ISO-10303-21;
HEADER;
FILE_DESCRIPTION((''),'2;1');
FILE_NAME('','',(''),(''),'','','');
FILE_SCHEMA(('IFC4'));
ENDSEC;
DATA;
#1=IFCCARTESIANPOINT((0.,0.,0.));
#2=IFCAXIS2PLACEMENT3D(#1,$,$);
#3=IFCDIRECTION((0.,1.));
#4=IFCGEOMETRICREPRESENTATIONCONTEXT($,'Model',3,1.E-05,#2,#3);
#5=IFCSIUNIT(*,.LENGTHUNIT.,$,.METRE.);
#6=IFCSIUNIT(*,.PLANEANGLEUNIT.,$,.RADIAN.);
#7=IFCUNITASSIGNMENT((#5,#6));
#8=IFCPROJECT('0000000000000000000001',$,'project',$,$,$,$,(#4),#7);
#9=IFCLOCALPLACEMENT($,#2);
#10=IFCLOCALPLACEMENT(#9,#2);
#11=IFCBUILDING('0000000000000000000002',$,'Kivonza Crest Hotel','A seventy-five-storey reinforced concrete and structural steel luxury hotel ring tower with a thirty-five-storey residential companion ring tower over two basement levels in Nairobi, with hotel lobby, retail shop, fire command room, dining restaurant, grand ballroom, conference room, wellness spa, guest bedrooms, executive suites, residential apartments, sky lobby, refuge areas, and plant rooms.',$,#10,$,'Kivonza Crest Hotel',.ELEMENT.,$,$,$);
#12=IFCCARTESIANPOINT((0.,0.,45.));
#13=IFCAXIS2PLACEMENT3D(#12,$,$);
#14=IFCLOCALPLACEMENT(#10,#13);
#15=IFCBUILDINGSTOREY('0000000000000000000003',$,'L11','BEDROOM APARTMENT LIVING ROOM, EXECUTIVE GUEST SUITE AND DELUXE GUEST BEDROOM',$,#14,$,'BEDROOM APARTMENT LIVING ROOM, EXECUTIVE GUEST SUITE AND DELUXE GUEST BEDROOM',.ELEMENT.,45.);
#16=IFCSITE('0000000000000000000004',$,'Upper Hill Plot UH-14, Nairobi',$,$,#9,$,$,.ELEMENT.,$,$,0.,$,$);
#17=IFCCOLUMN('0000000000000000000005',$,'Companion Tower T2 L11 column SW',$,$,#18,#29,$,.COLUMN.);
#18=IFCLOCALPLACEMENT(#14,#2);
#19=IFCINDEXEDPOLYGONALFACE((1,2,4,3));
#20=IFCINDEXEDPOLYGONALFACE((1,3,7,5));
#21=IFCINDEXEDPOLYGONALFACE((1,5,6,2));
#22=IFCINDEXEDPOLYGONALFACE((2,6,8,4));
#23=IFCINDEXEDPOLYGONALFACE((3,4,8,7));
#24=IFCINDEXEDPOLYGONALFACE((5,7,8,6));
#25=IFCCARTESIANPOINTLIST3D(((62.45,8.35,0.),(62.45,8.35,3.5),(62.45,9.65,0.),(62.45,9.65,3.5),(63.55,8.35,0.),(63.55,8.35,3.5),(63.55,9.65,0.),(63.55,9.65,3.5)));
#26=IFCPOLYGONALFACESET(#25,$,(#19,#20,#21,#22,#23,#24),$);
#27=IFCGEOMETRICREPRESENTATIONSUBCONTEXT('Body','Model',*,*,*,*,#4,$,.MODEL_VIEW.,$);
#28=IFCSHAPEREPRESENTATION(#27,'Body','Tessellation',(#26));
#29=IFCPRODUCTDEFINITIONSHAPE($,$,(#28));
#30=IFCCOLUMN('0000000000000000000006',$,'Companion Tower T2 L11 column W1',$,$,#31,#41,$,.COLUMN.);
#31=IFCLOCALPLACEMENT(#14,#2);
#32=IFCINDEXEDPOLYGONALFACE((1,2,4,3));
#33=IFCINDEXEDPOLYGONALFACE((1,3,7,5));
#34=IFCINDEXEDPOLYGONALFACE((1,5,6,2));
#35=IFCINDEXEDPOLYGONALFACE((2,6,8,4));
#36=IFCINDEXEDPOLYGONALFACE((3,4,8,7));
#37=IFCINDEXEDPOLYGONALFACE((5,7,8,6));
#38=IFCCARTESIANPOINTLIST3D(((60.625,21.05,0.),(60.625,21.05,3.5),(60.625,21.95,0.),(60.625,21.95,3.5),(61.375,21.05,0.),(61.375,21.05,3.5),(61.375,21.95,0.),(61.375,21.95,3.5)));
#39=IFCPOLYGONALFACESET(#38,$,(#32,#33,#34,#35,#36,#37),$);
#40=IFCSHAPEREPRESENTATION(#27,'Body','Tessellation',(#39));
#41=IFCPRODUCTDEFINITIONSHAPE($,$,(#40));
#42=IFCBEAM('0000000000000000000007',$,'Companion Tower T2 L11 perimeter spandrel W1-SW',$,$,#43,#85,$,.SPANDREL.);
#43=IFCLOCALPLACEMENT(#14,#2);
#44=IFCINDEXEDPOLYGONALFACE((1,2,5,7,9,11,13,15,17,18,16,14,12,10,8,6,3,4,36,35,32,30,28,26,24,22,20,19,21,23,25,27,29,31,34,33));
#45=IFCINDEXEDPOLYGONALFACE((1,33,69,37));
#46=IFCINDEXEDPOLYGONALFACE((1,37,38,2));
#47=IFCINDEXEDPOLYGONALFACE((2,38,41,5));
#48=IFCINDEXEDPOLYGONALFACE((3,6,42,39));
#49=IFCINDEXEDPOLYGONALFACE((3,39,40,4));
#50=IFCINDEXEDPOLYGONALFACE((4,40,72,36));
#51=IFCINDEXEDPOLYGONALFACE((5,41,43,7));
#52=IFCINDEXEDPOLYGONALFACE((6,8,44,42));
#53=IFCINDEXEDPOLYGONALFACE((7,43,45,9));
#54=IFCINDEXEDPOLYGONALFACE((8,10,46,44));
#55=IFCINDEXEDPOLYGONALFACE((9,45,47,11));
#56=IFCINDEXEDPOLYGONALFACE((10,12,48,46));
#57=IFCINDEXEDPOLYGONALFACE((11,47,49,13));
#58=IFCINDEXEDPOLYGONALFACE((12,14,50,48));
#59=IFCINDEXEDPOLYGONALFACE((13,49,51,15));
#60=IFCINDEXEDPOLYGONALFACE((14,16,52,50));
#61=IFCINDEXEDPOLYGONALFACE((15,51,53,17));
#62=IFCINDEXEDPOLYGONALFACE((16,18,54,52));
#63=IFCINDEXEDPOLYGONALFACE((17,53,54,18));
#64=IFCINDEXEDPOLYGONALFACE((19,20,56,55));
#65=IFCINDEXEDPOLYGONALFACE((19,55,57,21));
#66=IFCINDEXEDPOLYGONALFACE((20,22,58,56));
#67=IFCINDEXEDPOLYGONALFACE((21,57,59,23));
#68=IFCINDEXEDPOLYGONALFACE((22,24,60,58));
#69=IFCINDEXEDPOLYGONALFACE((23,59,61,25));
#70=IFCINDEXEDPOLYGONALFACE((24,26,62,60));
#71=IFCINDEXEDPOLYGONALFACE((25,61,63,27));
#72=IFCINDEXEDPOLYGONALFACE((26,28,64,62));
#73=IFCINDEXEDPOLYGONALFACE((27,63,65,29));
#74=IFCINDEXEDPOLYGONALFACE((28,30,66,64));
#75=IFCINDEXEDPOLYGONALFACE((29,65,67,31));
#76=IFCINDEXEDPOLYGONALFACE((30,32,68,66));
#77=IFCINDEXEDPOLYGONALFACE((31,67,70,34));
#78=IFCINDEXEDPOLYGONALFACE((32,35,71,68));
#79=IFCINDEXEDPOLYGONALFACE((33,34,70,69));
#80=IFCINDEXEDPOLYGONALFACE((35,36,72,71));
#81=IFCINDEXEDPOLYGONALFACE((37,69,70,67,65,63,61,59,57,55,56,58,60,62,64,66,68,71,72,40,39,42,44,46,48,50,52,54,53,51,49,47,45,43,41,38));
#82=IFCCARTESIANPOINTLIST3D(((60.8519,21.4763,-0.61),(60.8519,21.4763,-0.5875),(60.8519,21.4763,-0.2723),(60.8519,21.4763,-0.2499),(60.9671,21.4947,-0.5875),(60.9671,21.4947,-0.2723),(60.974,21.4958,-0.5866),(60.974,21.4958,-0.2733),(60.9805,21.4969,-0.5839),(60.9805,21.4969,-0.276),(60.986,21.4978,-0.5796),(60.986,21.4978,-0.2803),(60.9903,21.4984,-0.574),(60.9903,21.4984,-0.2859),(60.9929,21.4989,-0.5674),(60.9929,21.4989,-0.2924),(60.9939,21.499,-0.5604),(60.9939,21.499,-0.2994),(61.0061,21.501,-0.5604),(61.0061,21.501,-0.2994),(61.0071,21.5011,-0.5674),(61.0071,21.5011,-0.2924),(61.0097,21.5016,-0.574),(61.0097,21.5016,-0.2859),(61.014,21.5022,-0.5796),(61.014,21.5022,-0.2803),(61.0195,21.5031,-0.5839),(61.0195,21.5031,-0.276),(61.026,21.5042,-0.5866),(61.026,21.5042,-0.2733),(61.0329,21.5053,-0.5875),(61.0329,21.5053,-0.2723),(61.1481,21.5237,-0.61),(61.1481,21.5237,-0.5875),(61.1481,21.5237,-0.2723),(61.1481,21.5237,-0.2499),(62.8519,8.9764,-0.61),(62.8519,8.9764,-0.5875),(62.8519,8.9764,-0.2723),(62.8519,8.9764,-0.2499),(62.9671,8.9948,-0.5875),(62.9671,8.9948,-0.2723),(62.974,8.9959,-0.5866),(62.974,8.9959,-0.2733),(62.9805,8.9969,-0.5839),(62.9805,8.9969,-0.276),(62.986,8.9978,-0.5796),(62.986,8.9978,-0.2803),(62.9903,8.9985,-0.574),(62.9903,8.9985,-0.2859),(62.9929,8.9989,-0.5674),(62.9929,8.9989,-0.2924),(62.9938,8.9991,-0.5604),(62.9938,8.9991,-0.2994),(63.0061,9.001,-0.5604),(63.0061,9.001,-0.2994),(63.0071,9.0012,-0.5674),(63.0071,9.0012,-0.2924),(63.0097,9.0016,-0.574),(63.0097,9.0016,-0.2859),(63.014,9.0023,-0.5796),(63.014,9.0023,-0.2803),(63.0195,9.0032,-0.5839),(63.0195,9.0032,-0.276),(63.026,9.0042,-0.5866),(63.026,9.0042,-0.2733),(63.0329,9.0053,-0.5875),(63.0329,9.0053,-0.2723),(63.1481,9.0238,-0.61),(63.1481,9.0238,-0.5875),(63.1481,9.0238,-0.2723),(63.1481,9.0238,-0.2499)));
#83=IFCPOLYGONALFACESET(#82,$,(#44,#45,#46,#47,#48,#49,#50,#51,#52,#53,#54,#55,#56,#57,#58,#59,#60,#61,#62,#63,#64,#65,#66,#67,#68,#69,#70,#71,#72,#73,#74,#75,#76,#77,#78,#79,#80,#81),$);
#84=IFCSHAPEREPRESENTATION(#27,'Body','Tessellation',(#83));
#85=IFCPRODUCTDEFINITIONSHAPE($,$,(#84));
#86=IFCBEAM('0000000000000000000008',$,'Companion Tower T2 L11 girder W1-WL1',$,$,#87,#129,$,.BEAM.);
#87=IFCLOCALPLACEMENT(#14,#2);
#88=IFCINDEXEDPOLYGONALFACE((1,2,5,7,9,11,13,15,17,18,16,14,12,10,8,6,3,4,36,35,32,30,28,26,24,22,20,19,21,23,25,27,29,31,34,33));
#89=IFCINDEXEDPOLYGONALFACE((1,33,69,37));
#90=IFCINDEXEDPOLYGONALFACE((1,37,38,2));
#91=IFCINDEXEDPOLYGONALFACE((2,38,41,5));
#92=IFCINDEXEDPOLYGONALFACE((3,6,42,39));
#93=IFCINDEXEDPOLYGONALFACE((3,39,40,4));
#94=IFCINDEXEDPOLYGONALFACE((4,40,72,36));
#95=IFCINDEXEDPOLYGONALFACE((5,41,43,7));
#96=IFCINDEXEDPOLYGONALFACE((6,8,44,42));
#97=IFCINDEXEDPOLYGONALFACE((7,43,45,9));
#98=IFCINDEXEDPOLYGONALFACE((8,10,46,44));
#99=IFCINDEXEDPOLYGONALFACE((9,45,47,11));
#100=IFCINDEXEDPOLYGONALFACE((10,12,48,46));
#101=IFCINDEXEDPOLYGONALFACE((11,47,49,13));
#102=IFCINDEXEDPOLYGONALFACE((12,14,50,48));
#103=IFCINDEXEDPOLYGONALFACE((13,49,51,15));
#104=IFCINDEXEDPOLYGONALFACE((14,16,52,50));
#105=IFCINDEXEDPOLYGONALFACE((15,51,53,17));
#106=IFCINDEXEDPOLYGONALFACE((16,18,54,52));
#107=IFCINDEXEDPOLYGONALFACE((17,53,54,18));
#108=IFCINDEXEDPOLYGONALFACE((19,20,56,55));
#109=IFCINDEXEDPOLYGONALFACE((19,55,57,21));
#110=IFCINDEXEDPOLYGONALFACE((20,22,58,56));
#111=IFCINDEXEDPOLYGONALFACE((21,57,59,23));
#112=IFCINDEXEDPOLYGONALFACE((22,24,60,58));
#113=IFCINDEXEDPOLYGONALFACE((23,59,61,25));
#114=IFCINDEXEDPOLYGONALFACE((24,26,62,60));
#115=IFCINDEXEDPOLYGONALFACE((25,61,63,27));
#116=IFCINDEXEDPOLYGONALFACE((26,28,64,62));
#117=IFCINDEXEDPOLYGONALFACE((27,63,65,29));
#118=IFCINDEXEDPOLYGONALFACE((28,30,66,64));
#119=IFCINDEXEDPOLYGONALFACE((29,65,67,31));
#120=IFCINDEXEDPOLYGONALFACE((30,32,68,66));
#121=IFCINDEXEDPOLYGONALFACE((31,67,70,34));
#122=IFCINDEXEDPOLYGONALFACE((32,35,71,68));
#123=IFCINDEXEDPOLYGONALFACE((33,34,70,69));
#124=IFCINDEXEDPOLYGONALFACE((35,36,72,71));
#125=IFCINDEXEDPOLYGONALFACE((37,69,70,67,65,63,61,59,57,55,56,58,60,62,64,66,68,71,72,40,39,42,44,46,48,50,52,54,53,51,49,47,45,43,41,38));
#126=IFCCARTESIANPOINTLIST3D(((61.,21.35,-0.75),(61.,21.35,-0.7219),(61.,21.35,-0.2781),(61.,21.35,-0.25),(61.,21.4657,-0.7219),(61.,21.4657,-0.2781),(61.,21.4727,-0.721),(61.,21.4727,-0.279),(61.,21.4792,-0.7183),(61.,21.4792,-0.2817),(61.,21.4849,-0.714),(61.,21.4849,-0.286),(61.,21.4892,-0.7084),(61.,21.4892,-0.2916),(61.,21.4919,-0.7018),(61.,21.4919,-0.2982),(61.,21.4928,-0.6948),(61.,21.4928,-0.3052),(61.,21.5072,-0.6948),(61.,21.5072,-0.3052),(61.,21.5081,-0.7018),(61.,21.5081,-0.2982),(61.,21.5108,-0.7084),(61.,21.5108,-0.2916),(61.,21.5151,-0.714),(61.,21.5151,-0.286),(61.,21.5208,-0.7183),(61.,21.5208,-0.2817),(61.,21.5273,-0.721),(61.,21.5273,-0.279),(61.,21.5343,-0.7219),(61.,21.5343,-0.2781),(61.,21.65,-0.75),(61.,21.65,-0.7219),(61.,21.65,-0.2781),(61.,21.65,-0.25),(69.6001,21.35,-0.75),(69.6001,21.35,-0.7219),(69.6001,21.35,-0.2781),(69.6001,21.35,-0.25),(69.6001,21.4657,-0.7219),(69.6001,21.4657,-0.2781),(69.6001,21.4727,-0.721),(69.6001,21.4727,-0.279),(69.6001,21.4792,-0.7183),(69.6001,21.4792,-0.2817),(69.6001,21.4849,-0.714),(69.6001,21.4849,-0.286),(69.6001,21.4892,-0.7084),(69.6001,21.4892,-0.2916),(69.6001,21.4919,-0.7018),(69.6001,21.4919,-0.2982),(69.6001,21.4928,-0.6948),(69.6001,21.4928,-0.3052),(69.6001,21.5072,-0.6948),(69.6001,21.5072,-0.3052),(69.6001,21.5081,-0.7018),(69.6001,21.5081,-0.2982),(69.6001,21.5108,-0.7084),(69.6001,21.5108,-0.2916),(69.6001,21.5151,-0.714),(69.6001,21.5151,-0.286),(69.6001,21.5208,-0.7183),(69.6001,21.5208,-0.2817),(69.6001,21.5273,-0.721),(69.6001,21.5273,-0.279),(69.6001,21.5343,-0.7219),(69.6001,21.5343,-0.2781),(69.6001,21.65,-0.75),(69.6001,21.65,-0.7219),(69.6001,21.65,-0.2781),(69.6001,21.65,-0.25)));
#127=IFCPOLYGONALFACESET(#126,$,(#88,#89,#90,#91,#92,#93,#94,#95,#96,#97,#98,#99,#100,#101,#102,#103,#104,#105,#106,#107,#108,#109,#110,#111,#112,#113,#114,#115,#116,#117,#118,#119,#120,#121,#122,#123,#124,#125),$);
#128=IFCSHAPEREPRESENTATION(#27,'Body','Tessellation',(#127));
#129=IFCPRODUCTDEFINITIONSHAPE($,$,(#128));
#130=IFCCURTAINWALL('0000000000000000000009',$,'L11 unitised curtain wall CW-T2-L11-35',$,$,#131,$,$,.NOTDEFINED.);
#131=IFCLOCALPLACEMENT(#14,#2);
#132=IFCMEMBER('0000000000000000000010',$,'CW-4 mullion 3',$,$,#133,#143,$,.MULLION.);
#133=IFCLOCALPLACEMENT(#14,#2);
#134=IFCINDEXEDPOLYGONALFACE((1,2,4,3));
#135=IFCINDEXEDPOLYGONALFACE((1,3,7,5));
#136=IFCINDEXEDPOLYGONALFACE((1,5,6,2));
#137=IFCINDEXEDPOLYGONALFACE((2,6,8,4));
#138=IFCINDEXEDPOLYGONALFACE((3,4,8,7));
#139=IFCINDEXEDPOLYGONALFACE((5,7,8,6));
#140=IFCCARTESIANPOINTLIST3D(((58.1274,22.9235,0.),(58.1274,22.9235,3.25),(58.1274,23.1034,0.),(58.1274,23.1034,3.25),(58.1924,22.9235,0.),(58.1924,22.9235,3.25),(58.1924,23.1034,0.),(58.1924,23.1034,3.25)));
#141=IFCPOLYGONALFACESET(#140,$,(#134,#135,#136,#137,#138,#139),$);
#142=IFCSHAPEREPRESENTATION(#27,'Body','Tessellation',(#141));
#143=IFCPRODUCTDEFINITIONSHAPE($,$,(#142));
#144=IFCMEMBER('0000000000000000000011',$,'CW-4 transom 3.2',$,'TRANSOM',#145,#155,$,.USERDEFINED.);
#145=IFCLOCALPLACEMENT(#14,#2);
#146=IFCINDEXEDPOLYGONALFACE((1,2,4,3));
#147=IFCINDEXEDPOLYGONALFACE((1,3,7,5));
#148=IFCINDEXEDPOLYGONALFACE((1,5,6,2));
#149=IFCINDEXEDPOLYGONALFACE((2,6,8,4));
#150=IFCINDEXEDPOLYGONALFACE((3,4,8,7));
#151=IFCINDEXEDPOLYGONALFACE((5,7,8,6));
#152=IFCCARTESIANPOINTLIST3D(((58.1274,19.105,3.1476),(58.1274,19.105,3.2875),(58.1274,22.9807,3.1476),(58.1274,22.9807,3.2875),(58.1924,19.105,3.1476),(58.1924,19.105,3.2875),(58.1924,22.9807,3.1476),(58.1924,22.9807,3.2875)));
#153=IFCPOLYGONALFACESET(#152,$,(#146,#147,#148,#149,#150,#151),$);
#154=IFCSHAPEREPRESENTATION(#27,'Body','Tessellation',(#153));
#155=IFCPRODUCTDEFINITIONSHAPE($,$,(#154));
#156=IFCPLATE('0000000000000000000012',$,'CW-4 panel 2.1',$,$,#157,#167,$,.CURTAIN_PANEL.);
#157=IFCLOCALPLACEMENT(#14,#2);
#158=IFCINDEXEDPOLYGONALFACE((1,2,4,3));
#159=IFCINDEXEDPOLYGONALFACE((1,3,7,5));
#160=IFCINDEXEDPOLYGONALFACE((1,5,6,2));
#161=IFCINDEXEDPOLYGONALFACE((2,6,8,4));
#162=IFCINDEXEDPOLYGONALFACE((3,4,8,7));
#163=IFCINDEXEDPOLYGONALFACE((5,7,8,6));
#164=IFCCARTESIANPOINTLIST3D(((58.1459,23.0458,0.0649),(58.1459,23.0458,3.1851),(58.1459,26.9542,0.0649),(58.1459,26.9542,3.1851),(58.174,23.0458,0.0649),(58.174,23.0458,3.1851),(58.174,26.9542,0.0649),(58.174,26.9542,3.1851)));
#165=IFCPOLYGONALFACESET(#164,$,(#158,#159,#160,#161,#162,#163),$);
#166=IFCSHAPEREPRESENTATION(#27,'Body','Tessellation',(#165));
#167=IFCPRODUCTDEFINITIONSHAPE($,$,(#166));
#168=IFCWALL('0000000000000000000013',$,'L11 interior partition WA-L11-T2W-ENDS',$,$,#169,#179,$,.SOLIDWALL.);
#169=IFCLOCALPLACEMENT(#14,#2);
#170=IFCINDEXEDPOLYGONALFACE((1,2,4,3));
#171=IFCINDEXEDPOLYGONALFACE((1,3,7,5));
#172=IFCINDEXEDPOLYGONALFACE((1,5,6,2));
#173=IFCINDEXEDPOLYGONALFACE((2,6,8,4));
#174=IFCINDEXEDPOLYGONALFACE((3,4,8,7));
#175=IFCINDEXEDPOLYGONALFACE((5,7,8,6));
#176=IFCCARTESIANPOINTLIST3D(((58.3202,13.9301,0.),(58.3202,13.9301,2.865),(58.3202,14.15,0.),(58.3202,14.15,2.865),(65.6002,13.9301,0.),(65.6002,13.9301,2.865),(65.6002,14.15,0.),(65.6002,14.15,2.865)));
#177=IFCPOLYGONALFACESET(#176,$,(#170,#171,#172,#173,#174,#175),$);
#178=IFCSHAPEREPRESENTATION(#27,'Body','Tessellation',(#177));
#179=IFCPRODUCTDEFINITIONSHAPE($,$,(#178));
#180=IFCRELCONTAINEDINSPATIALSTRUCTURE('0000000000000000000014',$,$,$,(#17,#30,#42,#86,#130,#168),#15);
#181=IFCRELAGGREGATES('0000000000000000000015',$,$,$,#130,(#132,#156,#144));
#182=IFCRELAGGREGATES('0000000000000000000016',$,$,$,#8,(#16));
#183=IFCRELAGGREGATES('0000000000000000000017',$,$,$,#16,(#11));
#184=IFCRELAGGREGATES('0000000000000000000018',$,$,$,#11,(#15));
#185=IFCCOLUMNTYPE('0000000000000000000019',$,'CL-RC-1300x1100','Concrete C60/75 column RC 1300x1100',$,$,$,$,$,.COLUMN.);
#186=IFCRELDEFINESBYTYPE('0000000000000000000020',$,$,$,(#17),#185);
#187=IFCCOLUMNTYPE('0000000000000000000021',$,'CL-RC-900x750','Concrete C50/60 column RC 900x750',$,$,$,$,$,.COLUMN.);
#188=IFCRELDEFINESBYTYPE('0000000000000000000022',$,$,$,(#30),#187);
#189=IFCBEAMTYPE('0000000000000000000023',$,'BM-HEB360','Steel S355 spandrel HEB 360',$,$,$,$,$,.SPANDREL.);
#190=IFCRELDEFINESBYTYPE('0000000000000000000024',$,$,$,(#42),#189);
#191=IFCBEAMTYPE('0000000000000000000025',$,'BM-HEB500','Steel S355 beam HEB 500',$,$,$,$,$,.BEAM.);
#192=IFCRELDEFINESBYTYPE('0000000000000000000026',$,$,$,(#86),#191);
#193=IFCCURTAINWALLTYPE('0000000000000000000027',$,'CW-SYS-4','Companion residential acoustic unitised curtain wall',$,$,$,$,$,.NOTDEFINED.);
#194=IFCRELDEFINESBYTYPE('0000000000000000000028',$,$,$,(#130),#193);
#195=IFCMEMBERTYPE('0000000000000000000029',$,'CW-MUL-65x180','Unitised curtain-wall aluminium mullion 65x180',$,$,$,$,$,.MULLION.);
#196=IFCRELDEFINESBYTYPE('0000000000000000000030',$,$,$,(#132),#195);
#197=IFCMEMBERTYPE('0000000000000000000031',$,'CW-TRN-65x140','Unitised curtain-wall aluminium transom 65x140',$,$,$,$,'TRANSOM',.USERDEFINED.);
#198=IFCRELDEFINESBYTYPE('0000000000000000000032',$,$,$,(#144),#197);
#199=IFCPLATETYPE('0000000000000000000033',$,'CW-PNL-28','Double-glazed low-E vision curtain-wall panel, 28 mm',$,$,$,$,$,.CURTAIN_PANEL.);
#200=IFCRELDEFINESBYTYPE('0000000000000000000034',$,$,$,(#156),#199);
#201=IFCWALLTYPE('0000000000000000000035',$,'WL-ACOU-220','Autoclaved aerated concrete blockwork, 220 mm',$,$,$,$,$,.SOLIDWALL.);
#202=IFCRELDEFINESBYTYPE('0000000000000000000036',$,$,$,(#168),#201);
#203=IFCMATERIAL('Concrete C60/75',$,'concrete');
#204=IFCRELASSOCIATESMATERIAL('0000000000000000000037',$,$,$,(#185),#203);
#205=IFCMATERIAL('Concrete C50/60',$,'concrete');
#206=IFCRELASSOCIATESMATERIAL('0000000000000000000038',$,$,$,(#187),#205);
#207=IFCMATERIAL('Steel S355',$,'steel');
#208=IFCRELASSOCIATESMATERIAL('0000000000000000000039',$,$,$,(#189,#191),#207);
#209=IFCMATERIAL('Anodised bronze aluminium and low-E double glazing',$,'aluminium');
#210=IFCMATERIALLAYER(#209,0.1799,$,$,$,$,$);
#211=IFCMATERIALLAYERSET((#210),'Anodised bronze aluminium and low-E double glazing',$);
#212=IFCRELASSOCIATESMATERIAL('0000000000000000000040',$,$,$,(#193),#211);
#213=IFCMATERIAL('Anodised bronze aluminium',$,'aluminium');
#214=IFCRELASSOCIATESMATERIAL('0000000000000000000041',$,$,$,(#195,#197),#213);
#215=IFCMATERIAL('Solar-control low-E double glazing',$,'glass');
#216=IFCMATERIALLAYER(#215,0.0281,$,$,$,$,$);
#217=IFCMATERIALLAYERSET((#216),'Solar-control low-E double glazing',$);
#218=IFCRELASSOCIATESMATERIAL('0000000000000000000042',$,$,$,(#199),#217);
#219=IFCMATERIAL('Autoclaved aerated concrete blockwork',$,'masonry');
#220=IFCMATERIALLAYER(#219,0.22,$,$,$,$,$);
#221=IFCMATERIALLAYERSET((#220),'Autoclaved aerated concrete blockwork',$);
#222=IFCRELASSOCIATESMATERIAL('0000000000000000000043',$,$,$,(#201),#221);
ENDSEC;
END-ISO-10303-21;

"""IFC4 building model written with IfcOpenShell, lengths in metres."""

from ifc_helpers import new_model, si_unit, direction, frame, frame_2d, origin, origin_2d, place, context, subcontext, project, spatial, rectangle, i_section, extrude, material, layer, layer_set, material_profile, profile_set, type_object, element, aggregate, save


model = new_model("IFC4")

# Units and contexts
model_context = context("Model", 3, precision=1e-05, world=origin(), true_north=direction((0.0, 1.0)))
body_context = subcontext(model_context, "Body", "Model", "MODEL_VIEW")
ifc_project = project(units=[si_unit("LENGTHUNIT", "METRE"), si_unit("PLANEANGLEUNIT", "RADIAN")], contexts=[model_context])

# Site, building, storey
site_placement = place(None, origin())
site = spatial("IfcSite", under=ifc_project, at=site_placement, Name="Upper Hill Plot UH-14, Nairobi", CompositionType="ELEMENT", RefElevation=0.0)
building_placement = place(site_placement, origin())
building = spatial("IfcBuilding", under=site, at=building_placement, Name="Kivonza Crest Hotel", Description="A seventy-five-storey reinforced concrete and structural steel luxury hotel ring tower with a thirty-five-storey residential companion ring tower over two basement levels in Nairobi, with hotel lobby, retail shop, fire command room, dining restaurant, grand ballroom, conference room, wellness spa, guest bedrooms, executive suites, residential apartments, sky lobby, refuge areas, and plant rooms.", LongName="Kivonza Crest Hotel", CompositionType="ELEMENT")
storey_placement = place(building_placement, frame((0.0, 0.0, 45.0)))
storey = spatial("IfcBuildingStorey", under=building, at=storey_placement, Name="L11", Description="BEDROOM APARTMENT LIVING ROOM, EXECUTIVE GUEST SUITE AND DELUXE GUEST BEDROOM", LongName="BEDROOM APARTMENT LIVING ROOM, EXECUTIVE GUEST SUITE AND DELUXE GUEST BEDROOM", CompositionType="ELEMENT", Elevation=45.0)

# Columns
ifc_material_1 = material(Name="Concrete C60/75", Category="concrete")
ifc_material_profile_1 = material_profile(ifc_material_1, rectangle(XDim=1.1001, YDim=1.3, at=origin_2d()), Name="RC 1300x1100")
ifc_profile_set_1 = profile_set([ifc_material_profile_1], Name="Concrete C60/75")
column_type_1 = type_object("IfcColumnType", Name="CL-RC-1300x1100", Description="Concrete C60/75 column RC 1300x1100", PredefinedType="COLUMN", material=ifc_profile_set_1)
column_1_placement = place(storey_placement, frame((63.0, 9.0, 0.0), z_axis=(0.0, 0.0, 1.0), x_axis=(1.0, 0.0, 0.0)))
element("IfcColumn", 1, at=column_1_placement, inside=storey, type_object=column_type_1, Name="Companion Tower T2 L11 column SW", PredefinedType="COLUMN", context=body_context, shape_type="SweptSolid", body=[
    extrude(rectangle(XDim=1.1001, YDim=1.3, at=origin_2d()), origin(), (0.0, 0.0, 1.0), 3.5),
])
ifc_material_2 = material(Name="Concrete C50/60", Category="concrete")
ifc_material_profile_2 = material_profile(ifc_material_2, rectangle(XDim=0.75, YDim=0.8999, at=origin_2d()), Name="RC 900x750")
ifc_profile_set_2 = profile_set([ifc_material_profile_2], Name="Concrete C50/60")
column_type_2 = type_object("IfcColumnType", Name="CL-RC-900x750", Description="Concrete C50/60 column RC 900x750", PredefinedType="COLUMN", material=ifc_profile_set_2)
column_2_placement = place(storey_placement, frame((61.0, 21.5, 0.0), z_axis=(0.0, 0.0, 1.0), x_axis=(1.0, 0.0, 0.0)))
element("IfcColumn", 2, at=column_2_placement, inside=storey, type_object=column_type_2, Name="Companion Tower T2 L11 column W1", PredefinedType="COLUMN", context=body_context, shape_type="SweptSolid", body=[
    extrude(rectangle(XDim=0.75, YDim=0.8999, at=origin_2d()), origin(), (0.0, 0.0, 1.0), 3.5),
])

# Beams
ifc_material_3 = material(Name="Steel S355", Category="steel")
ifc_material_profile_3 = material_profile(ifc_material_3, i_section(OverallWidth=0.3, OverallDepth=0.3601, WebThickness=0.0125, FlangeThickness=0.0225, FilletRadius=0.0271, at=origin_2d()), Name="HEB 360")
ifc_profile_set_3 = profile_set([ifc_material_profile_3], Name="Steel S355")
beam_type_1 = type_object("IfcBeamType", Name="BM-HEB360", Description="Steel S355 spandrel HEB 360", PredefinedType="SPANDREL", material=ifc_profile_set_3)
beam_1_placement = place(storey_placement, frame((61.0, 21.5, -0.4299), z_axis=(0.157991, -0.987441, 0.0), x_axis=(0.987441, 0.157991, 0.0)))
element("IfcBeam", 3, at=beam_1_placement, inside=storey, type_object=beam_type_1, Name="Companion Tower T2 L11 perimeter spandrel W1-SW", PredefinedType="SPANDREL", context=body_context, shape_type="SweptSolid", body=[
    extrude(i_section(OverallWidth=0.3, OverallDepth=0.3601, WebThickness=0.0125, FlangeThickness=0.0225, FilletRadius=0.0271, at=origin_2d()), origin(), (0.0, 0.0, 1.0), 12.6589),
])
ifc_material_profile_4 = material_profile(ifc_material_3, i_section(OverallWidth=0.3, OverallDepth=0.5, WebThickness=0.0144, FlangeThickness=0.0281, FilletRadius=0.0271, at=origin_2d()), Name="HEB 500")
ifc_profile_set_4 = profile_set([ifc_material_profile_4], Name="Steel S355")
beam_type_2 = type_object("IfcBeamType", Name="BM-HEB500", Description="Steel S355 beam HEB 500", PredefinedType="BEAM", material=ifc_profile_set_4)
beam_2_placement = place(storey_placement, frame((61.0, 21.5, -0.5), z_axis=(1.0, 0.0, 0.0), x_axis=(0.0, 1.0, 0.0)))
element("IfcBeam", 4, at=beam_2_placement, inside=storey, type_object=beam_type_2, Name="Companion Tower T2 L11 girder W1-WL1", PredefinedType="BEAM", context=body_context, shape_type="SweptSolid", body=[
    extrude(i_section(OverallWidth=0.3, OverallDepth=0.5, WebThickness=0.0144, FlangeThickness=0.0281, FilletRadius=0.0271, at=origin_2d()), origin(), (0.0, 0.0, 1.0), 8.6001),
])

# Curtain wall, members, plate
ifc_material_4 = material(Name="Anodised bronze aluminium and low-E double glazing", Category="aluminium")
ifc_layer_1 = layer(ifc_material_4, 0.1799)
ifc_layer_set_1 = layer_set([ifc_layer_1], Name="Anodised bronze aluminium and low-E double glazing")
curtain_wall_type = type_object("IfcCurtainWallType", Name="CW-SYS-4", Description="Companion residential acoustic unitised curtain wall", PredefinedType="NOTDEFINED", material=ifc_layer_set_1)
curtain_wall_placement = place(storey_placement, origin())
curtain_wall = element("IfcCurtainWall", 5, at=curtain_wall_placement, inside=storey, type_object=curtain_wall_type, Name="L11 unitised curtain wall CW-T2-L11-35", PredefinedType="NOTDEFINED")
ifc_material_5 = material(Name="Anodised bronze aluminium", Category="aluminium")
ifc_material_profile_5 = material_profile(ifc_material_5, rectangle(XDim=0.0649, YDim=0.1799, at=origin_2d()), Name="CW-M 65x180")
ifc_profile_set_5 = profile_set([ifc_material_profile_5], Name="Anodised bronze aluminium")
member_type_1 = type_object("IfcMemberType", Name="CW-MUL-65x180", Description="Unitised curtain-wall aluminium mullion 65x180", PredefinedType="MULLION", material=ifc_profile_set_5)
member_1_placement = place(storey_placement, frame((58.1599, 23.0134, 0.0), z_axis=(0.0, 0.0, 1.0), x_axis=(1.0, 0.0, 0.0)))
member_1 = element("IfcMember", 6, at=member_1_placement, type_object=member_type_1, Name="CW-4 mullion 3", PredefinedType="MULLION", context=body_context, shape_type="SweptSolid", body=[
    extrude(rectangle(XDim=0.0649, YDim=0.1799, at=origin_2d()), origin(), (0.0, 0.0, 1.0), 3.25),
])
ifc_material_profile_6 = material_profile(ifc_material_5, rectangle(XDim=0.0649, YDim=0.1399, at=origin_2d()), Name="CW-T 65x140")
ifc_profile_set_6 = profile_set([ifc_material_profile_6], Name="Anodised bronze aluminium")
member_type_2 = type_object("IfcMemberType", Name="CW-TRN-65x140", Description="Unitised curtain-wall aluminium transom 65x140", ElementType="TRANSOM", PredefinedType="USERDEFINED", material=ifc_profile_set_6)
member_2_placement = place(storey_placement, frame((58.1599, 22.9807, 3.2175), z_axis=(0.0, -1.0, 0.0), x_axis=(1.0, 0.0, 0.0)))
member_2 = element("IfcMember", 7, at=member_2_placement, type_object=member_type_2, Name="CW-4 transom 3.2", ObjectType="TRANSOM", PredefinedType="USERDEFINED", context=body_context, shape_type="SweptSolid", body=[
    extrude(rectangle(XDim=0.0649, YDim=0.1399, at=origin_2d()), origin(), (0.0, 0.0, 1.0), 3.8757),
])
ifc_material_6 = material(Name="Solar-control low-E double glazing", Category="glass")
ifc_layer_2 = layer(ifc_material_6, 0.0281)
ifc_layer_set_2 = layer_set([ifc_layer_2], Name="Solar-control low-E double glazing")
plate_type = type_object("IfcPlateType", Name="CW-PNL-28", Description="Double-glazed low-E vision curtain-wall panel, 28 mm", PredefinedType="CURTAIN_PANEL", material=ifc_layer_set_2)
plate_placement = place(storey_placement, frame((58.1599, 25.0, 0.0649), z_axis=(0.0, 0.0, 1.0), x_axis=(0.0, -1.0, 0.0)))
plate = element("IfcPlate", 8, at=plate_placement, type_object=plate_type, Name="CW-4 panel 2.1", PredefinedType="CURTAIN_PANEL", context=body_context, shape_type="SweptSolid", body=[
    extrude(rectangle(XDim=3.9084, YDim=0.0281, at=origin_2d()), origin(), (0.0, 0.0, 1.0), 3.1201),
])
aggregate(curtain_wall, [member_1, plate, member_2])

# Wall
ifc_material_7 = material(Name="Autoclaved aerated concrete blockwork", Category="masonry")
ifc_layer_3 = layer(ifc_material_7, 0.22)
ifc_layer_set_3 = layer_set([ifc_layer_3], Name="Autoclaved aerated concrete blockwork")
wall_type_1 = type_object("IfcWallType", Name="WL-ACOU-220", Description="Autoclaved aerated concrete blockwork, 220 mm", PredefinedType="SOLIDWALL", material=ifc_layer_set_3)
wall_1_placement = place(storey_placement, frame((58.3201, 14.04, 0.0), z_axis=(0.0, 0.0, 1.0), x_axis=(1.0, 0.0, 0.0)))
element("IfcWall", 9, at=wall_1_placement, inside=storey, type_object=wall_type_1, Name="L11 interior partition WA-L11-T2W-ENDS", PredefinedType="SOLIDWALL", context=body_context, shape_type="SweptSolid", body=[
    extrude(rectangle(XDim=7.28, YDim=0.22, at=frame_2d((3.6401, 0.0))), origin(), (0.0, 0.0, 1.0), 2.865),
])

save(model, "model.ifc")
